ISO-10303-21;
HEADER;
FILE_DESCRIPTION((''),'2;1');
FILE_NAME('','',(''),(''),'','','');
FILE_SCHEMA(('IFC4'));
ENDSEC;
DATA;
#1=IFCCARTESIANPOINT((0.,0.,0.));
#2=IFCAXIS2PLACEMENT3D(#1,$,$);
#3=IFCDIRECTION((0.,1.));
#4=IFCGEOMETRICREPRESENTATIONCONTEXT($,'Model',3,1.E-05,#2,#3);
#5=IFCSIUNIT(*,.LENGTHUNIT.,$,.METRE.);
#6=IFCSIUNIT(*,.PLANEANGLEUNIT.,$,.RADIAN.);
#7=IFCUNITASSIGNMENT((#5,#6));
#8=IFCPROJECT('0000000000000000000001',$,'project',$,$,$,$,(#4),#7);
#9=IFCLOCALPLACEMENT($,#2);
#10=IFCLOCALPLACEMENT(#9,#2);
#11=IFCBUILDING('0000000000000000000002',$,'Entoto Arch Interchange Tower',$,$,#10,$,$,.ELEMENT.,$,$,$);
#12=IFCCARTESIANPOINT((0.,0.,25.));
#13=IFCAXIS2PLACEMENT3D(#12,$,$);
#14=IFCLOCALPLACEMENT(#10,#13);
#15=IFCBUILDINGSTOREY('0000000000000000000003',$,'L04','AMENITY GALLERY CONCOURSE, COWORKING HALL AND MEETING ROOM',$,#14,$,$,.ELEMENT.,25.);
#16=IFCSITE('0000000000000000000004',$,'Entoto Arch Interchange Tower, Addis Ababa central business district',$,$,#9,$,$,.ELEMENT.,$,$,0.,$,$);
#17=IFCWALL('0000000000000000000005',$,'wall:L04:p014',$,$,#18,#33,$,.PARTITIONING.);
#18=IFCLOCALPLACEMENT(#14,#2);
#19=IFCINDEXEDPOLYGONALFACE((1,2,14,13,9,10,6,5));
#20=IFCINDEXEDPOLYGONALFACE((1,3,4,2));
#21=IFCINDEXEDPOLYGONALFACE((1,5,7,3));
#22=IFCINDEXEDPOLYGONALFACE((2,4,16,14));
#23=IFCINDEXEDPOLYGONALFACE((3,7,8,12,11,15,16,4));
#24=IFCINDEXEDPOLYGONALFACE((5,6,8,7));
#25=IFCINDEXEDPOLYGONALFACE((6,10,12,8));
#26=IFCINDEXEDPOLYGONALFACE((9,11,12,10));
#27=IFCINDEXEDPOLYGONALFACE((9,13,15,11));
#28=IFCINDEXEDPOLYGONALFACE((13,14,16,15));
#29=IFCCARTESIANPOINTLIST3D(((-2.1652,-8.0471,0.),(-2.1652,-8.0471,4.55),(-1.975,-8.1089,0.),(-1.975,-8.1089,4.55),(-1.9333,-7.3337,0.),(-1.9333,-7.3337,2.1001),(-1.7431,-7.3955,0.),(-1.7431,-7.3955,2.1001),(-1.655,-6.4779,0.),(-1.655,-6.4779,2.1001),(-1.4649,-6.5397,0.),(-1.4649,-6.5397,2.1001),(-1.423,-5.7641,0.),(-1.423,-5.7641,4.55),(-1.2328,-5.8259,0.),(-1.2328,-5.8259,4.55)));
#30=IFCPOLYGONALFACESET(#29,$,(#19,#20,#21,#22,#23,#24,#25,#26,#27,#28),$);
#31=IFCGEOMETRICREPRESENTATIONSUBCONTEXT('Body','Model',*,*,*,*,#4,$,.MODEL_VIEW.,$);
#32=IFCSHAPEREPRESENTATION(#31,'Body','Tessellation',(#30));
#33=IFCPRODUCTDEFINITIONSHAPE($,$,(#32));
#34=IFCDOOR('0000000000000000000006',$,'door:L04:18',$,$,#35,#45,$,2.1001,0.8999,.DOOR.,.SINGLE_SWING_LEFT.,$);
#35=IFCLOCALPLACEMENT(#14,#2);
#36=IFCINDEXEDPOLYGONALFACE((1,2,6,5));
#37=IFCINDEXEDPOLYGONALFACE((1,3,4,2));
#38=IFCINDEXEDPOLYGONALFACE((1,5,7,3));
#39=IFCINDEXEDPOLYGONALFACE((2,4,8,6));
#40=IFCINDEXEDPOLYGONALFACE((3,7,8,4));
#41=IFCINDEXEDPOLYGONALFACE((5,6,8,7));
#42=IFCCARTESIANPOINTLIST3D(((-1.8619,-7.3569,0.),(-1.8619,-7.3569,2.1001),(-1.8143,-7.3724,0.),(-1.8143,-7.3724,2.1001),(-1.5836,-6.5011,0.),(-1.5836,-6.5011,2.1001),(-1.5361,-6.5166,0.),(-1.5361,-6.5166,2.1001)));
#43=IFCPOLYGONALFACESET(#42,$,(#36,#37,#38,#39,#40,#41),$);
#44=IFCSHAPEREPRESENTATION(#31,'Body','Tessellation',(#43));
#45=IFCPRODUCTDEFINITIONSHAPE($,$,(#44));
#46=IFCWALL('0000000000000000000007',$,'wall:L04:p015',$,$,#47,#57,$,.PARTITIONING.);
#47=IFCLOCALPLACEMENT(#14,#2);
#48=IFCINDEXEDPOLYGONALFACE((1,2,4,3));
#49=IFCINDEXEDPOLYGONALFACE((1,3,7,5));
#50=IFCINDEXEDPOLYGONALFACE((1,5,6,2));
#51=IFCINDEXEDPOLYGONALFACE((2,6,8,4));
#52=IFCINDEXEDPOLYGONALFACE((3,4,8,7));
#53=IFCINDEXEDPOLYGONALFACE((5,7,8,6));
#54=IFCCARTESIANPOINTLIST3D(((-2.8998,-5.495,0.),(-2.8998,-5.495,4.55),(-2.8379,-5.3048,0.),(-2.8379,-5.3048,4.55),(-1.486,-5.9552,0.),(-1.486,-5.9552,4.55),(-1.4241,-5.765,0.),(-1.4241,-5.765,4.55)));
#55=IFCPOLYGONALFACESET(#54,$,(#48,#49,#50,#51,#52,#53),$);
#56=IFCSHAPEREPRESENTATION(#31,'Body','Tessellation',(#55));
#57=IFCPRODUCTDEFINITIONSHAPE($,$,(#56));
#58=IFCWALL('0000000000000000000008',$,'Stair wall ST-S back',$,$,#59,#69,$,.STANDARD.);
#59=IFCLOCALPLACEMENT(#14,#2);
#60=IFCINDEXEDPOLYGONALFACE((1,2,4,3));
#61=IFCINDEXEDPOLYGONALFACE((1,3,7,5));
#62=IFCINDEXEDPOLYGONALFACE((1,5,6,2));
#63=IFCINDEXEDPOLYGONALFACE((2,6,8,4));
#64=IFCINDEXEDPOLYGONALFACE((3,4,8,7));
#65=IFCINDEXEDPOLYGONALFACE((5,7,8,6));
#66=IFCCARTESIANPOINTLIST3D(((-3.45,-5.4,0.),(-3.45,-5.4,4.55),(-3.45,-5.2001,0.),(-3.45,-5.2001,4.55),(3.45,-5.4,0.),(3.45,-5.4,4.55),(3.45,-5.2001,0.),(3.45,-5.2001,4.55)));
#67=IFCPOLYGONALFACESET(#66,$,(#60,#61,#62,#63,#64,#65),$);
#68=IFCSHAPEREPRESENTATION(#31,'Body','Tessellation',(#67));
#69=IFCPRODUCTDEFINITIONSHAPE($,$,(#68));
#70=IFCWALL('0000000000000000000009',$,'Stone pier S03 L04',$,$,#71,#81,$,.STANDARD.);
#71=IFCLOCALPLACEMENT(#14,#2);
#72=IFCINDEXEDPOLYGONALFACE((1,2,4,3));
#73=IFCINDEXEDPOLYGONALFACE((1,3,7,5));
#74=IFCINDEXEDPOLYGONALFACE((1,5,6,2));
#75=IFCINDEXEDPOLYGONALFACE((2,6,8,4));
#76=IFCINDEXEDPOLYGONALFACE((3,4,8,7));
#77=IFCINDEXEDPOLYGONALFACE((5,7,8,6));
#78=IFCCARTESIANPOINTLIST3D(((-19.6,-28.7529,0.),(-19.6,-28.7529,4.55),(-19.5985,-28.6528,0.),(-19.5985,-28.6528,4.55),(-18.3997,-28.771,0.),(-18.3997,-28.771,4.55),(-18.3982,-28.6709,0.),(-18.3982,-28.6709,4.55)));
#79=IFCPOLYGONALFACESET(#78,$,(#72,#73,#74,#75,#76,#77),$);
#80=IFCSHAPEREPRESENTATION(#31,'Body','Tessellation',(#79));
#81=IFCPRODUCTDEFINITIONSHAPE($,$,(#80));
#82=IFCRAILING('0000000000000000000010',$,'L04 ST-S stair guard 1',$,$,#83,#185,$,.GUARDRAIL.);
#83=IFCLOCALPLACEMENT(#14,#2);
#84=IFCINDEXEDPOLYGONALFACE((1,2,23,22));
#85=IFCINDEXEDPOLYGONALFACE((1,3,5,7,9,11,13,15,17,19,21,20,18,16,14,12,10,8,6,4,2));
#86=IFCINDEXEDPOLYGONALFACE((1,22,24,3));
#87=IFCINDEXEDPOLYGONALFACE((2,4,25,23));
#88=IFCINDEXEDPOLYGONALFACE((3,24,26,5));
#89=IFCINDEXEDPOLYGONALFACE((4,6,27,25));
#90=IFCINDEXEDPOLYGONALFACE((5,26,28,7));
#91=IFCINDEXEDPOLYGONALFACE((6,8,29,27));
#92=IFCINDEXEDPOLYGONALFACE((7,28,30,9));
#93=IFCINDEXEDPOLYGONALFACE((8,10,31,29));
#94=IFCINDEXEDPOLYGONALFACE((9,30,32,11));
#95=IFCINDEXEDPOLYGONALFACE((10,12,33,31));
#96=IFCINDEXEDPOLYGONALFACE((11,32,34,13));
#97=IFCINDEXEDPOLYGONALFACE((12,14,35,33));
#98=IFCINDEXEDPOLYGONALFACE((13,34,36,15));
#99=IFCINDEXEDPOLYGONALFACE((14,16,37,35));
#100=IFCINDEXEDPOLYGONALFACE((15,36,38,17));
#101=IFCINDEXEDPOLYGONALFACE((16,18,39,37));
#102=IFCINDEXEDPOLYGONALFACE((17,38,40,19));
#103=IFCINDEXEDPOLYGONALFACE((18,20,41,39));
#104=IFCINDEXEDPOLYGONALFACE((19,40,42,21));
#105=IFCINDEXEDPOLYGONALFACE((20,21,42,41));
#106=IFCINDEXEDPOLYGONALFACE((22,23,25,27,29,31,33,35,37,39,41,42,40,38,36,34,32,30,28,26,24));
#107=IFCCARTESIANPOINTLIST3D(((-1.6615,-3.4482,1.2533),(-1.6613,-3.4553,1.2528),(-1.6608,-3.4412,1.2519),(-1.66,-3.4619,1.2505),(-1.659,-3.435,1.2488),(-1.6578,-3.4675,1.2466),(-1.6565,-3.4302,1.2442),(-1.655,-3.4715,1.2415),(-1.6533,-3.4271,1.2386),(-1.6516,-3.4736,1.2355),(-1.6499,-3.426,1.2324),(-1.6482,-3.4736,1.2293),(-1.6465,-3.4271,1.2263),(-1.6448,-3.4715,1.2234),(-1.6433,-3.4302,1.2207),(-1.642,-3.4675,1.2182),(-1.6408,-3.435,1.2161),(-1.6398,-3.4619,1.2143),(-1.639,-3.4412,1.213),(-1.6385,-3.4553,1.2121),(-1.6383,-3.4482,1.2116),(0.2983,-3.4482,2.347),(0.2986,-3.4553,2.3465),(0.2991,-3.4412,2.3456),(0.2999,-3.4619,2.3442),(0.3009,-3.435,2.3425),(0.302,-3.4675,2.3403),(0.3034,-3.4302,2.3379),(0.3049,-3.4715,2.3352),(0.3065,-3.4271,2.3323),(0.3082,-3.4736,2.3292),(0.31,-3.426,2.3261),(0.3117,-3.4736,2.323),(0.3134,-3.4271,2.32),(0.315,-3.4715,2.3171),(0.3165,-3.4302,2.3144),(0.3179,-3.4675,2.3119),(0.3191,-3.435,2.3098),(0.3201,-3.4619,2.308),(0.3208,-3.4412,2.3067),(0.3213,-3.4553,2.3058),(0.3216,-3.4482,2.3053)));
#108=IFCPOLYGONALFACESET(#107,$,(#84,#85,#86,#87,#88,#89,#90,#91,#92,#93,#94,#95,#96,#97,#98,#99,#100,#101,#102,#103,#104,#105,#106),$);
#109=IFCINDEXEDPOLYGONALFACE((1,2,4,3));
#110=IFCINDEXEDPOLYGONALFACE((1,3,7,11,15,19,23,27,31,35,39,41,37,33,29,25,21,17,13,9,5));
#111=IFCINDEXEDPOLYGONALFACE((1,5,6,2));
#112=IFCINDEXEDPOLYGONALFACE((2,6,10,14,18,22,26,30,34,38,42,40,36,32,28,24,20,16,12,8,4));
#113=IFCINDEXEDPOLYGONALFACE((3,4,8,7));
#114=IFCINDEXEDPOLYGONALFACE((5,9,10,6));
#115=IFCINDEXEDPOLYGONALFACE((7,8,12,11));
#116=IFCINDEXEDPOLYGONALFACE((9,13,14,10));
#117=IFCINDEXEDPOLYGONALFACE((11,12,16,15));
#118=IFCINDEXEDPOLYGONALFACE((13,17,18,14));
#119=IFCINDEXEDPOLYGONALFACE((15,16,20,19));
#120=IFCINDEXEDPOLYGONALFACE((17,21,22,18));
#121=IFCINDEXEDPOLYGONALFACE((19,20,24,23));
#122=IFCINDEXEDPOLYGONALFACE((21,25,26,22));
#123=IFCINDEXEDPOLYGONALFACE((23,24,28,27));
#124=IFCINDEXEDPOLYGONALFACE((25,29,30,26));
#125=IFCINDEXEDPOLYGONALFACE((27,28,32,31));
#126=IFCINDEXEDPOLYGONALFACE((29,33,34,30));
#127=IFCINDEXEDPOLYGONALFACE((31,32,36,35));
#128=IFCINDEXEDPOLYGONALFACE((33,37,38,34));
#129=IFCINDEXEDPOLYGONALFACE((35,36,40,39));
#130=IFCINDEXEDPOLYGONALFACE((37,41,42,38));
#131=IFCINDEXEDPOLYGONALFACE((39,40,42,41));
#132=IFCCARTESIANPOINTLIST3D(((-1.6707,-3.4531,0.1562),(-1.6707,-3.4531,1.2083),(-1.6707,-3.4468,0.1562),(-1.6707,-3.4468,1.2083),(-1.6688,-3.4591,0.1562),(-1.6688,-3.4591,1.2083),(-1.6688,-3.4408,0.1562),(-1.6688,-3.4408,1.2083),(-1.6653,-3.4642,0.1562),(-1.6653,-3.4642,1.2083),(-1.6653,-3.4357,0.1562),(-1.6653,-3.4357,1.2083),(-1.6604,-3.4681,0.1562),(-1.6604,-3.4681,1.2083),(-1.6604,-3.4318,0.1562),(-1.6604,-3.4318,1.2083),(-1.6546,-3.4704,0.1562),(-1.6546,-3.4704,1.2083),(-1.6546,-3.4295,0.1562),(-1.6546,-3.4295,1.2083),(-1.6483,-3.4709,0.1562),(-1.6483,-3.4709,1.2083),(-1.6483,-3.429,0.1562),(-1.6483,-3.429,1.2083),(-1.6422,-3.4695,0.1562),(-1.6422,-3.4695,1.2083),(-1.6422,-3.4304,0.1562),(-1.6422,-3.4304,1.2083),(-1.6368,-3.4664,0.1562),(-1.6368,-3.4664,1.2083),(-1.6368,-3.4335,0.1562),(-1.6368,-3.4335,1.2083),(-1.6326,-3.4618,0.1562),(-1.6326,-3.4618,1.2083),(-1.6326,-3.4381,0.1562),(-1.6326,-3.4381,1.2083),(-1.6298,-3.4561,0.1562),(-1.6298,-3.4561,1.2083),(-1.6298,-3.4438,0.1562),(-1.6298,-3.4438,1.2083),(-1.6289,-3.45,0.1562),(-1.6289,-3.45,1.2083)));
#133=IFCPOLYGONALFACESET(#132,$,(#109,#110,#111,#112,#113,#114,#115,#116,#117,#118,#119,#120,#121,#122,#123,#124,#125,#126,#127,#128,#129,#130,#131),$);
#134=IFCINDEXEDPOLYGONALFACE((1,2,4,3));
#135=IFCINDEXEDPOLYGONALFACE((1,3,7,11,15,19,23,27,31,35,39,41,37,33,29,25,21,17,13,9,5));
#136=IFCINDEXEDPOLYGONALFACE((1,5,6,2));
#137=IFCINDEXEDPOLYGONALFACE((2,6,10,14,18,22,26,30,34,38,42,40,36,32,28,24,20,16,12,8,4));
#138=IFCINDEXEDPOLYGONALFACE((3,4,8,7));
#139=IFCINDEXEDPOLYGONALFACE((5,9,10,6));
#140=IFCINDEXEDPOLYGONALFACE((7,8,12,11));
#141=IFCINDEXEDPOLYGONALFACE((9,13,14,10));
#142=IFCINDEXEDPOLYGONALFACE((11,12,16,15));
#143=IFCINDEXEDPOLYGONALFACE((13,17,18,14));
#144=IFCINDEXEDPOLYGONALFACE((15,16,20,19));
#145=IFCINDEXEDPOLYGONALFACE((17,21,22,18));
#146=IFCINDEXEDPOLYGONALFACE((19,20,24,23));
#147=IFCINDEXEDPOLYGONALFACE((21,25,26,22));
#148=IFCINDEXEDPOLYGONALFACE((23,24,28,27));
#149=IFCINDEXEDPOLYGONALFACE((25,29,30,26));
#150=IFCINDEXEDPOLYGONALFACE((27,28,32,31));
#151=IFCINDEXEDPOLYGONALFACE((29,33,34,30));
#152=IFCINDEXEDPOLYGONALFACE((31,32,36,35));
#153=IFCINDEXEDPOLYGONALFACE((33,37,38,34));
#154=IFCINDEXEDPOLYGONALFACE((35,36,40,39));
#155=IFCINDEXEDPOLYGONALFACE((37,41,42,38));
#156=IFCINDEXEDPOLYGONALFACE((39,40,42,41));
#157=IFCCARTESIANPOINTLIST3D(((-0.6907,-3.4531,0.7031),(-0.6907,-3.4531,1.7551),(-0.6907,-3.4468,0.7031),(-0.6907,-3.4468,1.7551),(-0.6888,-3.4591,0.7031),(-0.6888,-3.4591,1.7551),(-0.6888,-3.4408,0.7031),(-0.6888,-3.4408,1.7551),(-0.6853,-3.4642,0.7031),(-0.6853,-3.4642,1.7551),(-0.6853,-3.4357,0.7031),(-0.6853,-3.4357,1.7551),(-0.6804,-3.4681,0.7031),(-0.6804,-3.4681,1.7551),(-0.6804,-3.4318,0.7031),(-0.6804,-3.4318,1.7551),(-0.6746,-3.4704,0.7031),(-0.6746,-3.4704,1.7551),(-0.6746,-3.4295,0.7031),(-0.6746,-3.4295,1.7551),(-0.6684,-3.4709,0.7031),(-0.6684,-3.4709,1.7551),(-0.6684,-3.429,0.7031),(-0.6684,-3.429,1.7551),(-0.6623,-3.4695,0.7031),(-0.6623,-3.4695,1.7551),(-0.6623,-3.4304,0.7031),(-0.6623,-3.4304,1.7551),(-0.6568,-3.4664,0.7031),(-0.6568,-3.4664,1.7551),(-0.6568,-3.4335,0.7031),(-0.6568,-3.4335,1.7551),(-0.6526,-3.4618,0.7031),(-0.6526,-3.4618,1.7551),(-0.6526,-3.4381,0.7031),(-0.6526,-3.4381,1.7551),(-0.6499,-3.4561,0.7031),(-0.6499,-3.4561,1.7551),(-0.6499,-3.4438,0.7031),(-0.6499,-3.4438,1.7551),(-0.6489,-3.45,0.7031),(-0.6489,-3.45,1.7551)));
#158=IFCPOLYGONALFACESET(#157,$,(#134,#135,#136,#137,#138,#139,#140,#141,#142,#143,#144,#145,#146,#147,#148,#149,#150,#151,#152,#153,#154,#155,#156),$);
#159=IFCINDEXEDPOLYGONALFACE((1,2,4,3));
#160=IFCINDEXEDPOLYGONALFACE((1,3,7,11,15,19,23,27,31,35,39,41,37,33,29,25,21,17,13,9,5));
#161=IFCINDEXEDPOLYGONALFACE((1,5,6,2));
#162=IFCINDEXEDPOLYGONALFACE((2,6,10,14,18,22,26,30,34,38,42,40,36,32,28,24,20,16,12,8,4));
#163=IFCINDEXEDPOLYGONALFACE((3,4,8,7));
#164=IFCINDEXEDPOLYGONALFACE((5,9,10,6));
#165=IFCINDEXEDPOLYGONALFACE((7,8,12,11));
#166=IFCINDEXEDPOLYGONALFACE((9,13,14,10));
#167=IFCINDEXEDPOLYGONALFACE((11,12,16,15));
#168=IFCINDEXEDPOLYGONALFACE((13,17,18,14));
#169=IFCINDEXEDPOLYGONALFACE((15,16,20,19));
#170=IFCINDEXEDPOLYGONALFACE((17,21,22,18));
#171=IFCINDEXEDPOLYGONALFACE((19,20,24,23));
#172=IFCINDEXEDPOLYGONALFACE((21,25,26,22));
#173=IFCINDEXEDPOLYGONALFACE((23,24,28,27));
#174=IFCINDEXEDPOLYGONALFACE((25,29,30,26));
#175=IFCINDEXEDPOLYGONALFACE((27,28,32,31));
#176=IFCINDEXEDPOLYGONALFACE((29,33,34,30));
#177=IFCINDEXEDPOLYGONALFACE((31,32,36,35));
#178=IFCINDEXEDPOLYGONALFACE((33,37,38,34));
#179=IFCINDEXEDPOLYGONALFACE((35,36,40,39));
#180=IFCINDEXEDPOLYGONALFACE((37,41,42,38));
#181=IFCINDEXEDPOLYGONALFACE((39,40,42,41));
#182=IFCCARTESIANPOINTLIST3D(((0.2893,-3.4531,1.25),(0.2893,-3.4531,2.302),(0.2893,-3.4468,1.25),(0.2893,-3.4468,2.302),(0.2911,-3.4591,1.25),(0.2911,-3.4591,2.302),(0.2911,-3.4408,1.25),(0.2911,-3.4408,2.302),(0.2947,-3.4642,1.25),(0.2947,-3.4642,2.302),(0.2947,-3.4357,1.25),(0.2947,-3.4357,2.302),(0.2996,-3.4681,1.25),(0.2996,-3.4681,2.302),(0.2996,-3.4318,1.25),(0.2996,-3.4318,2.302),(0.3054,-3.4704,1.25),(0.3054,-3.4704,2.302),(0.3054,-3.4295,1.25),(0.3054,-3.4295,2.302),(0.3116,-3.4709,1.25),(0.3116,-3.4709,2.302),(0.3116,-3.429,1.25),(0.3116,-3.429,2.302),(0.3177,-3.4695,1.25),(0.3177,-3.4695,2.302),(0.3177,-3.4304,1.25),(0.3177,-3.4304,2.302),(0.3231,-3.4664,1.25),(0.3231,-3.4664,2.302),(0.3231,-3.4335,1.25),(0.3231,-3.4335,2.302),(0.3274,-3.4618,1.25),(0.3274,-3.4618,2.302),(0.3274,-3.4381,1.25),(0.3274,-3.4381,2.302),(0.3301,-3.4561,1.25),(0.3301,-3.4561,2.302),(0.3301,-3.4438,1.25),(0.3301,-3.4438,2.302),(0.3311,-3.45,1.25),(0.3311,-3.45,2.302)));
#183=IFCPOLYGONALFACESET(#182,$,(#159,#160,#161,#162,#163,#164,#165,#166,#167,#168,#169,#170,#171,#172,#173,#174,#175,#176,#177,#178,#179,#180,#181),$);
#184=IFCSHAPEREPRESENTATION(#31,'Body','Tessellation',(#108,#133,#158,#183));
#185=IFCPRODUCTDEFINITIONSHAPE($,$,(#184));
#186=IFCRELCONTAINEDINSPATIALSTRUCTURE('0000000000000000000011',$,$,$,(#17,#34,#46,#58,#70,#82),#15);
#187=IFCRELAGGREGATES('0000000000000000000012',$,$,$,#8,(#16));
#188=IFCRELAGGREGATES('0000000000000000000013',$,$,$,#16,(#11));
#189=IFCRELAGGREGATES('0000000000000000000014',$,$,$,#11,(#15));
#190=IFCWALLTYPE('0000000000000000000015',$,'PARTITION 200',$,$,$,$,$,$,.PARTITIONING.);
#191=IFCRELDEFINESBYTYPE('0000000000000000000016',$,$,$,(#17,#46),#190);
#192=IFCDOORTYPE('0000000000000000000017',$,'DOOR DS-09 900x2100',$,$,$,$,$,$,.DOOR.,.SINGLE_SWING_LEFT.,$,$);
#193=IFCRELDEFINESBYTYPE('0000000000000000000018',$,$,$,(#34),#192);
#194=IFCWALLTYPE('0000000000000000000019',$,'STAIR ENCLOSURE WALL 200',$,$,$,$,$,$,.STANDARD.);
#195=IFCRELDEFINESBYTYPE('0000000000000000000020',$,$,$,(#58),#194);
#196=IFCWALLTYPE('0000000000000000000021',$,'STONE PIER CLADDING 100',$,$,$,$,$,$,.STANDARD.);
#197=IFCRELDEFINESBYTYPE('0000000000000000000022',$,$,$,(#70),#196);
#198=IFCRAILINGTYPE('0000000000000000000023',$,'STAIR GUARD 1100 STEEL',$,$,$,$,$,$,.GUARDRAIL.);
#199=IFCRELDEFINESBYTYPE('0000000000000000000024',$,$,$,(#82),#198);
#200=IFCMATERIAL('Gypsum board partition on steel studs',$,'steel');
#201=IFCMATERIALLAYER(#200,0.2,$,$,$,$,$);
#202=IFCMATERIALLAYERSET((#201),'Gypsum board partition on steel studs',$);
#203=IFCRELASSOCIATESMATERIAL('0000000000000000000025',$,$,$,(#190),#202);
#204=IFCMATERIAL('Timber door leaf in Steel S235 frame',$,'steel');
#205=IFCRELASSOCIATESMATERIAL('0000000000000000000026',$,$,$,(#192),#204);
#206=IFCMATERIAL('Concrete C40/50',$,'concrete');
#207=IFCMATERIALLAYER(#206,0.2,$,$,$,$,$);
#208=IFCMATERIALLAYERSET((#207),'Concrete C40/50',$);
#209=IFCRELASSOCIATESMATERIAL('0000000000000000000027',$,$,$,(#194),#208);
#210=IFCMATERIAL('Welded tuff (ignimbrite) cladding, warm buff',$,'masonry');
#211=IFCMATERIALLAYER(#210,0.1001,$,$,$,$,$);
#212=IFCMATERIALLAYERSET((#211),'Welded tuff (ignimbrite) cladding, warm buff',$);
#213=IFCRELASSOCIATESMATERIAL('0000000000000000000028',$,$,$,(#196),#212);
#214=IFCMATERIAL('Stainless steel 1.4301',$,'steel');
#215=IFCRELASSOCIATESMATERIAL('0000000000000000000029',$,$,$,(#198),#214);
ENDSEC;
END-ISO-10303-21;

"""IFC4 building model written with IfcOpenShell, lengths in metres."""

from ifc_helpers import new_model, si_unit, direction, frame, frame_2d, origin, origin_2d, place, context, subcontext, project, spatial, rectangle, circle, extrude, material, layer, layer_set, type_object, element, fill, save


model = new_model("IFC4")

# Units and contexts
model_context = context("Model", 3, precision=1e-05, world=origin(), true_north=direction((0.0, 1.0)))
body_context = subcontext(model_context, "Body", "Model", "MODEL_VIEW")
ifc_project = project(units=[si_unit("LENGTHUNIT", "METRE"), si_unit("PLANEANGLEUNIT", "RADIAN")], contexts=[model_context])

# Site, building, storey
site_placement = place(None, origin())
site = spatial("IfcSite", under=ifc_project, at=site_placement, Name="Entoto Arch Interchange Tower, Addis Ababa central business district", CompositionType="ELEMENT", RefElevation=0.0)
building_placement = place(site_placement, origin())
building = spatial("IfcBuilding", under=site, at=building_placement, Name="Entoto Arch Interchange Tower", CompositionType="ELEMENT")
storey_placement = place(building_placement, frame((0.0, 0.0, 25.0)))
storey = spatial("IfcBuildingStorey", under=building, at=storey_placement, Name="L04", Description="AMENITY GALLERY CONCOURSE, COWORKING HALL AND MEETING ROOM", CompositionType="ELEMENT", Elevation=25.0)

# Shared definitions
ifc_material_1 = material(Name="Concrete C40/50", Category="concrete")
ifc_material_2 = material(Name="Gypsum board partition on steel studs", Category="steel")
ifc_layer_1 = layer(ifc_material_2, 0.2)
ifc_layer_set_1 = layer_set([ifc_layer_1], Name="Gypsum board partition on steel studs")
wall_type_1 = type_object("IfcWallType", Name="PARTITION 200", PredefinedType="PARTITIONING", material=ifc_layer_set_1)

# Shared definitions
ifc_material_3 = material(Name="Timber door leaf in Steel S235 frame", Category="steel")
door_type = type_object("IfcDoorType", Name="DOOR DS-09 900x2100", OperationType="SINGLE_SWING_LEFT", PredefinedType="DOOR", material=ifc_material_3)

# Wall, opening, door
wall_1_placement = place(storey_placement, frame((-2.0701, -8.0779, 0.0), z_axis=(0.0, 0.0, 1.0), x_axis=(0.309171, 0.951006, 0.0)))
wall_1 = element("IfcWall", 1, at=wall_1_placement, inside=storey, type_object=wall_type_1, Name="wall:L04:p014", PredefinedType="PARTITIONING", context=body_context, shape_type="SweptSolid", body=[
    extrude(rectangle(XDim=2.4006, YDim=0.2, at=frame_2d((1.2002, 0.0))), origin(), (0.0, 0.0, 1.0), 4.55),
])
opening_1_placement = place(wall_1_placement, frame((0.75, 0.0, 0.0)))
opening_1 = element("IfcOpeningElement", 2, at=opening_1_placement, cuts=wall_1, PredefinedType="OPENING", context=body_context, shape_type="SweptSolid", body=[
    extrude(rectangle(XDim=0.8999, YDim=2.1001, at=frame_2d((0.45, 1.05))), frame((0.0, 0.1099, 0.0), z_axis=(0.0, -1.0, 0.0), x_axis=(1.0, 0.0, 0.0)), (0.0, 0.0, 1.0), 0.22),
])
door_1_placement = place(opening_1_placement, origin())
door_1 = element("IfcDoor", 3, at=door_1_placement, inside=storey, type_object=door_type, Name="door:L04:18", OperationType="SINGLE_SWING_LEFT", OverallHeight=2.1001, OverallWidth=0.8999, PredefinedType="DOOR", context=body_context, shape_type="SweptSolid", body=[
    extrude(rectangle(XDim=0.8999, YDim=2.1001, at=frame_2d((0.45, 1.05))), frame((0.0, 0.0249, 0.0), z_axis=(0.0, -1.0, 0.0), x_axis=(1.0, 0.0, 0.0)), (0.0, 0.0, 1.0), 0.05),
])
fill(opening_1, door_1)

# Walls
wall_2_placement = place(storey_placement, frame((-1.4551, -5.8601, 0.0), z_axis=(0.0, 0.0, 1.0), x_axis=(-0.950893, 0.30952, 0.0)))
element("IfcWall", 4, at=wall_2_placement, inside=storey, type_object=wall_type_1, Name="wall:L04:p015", PredefinedType="PARTITIONING", context=body_context, shape_type="SweptSolid", body=[
    extrude(rectangle(XDim=1.4868, YDim=0.2, at=frame_2d((0.7434, 0.0))), origin(), (0.0, 0.0, 1.0), 4.55),
])
ifc_layer_2 = layer(ifc_material_1, 0.2)
ifc_layer_set_2 = layer_set([ifc_layer_2], Name="Concrete C40/50")
wall_type_2 = type_object("IfcWallType", Name="STAIR ENCLOSURE WALL 200", PredefinedType="STANDARD", material=ifc_layer_set_2)
wall_3_placement = place(storey_placement, frame((-3.45, -5.3, 0.0), z_axis=(0.0, 0.0, 1.0), x_axis=(1.0, 0.0, 0.0)))
element("IfcWall", 5, at=wall_3_placement, inside=storey, type_object=wall_type_2, Name="Stair wall ST-S back", PredefinedType="STANDARD", context=body_context, shape_type="SweptSolid", body=[
    extrude(rectangle(XDim=6.8999, YDim=0.2, at=frame_2d((3.45, 0.0))), origin(), (0.0, 0.0, 1.0), 4.55),
])
ifc_material_4 = material(Name="Welded tuff (ignimbrite) cladding, warm buff", Category="masonry")
ifc_layer_3 = layer(ifc_material_4, 0.1001)
ifc_layer_set_3 = layer_set([ifc_layer_3], Name="Welded tuff (ignimbrite) cladding, warm buff")
wall_type_3 = type_object("IfcWallType", Name="STONE PIER CLADDING 100", PredefinedType="STANDARD", material=ifc_layer_set_3)
wall_4_placement = place(storey_placement, frame((-19.5991, -28.7029, 0.0), z_axis=(0.0, 0.0, 1.0), x_axis=(0.999887, -0.015051, 0.0)))
element("IfcWall", 6, at=wall_4_placement, inside=storey, type_object=wall_type_3, Name="Stone pier S03 L04", PredefinedType="STANDARD", context=body_context, shape_type="SweptSolid", body=[
    extrude(rectangle(XDim=1.2004, YDim=0.1001, at=frame_2d((0.6001, 0.0))), origin(), (0.0, 0.0, 1.0), 4.55),
])

# Railing
ifc_material_5 = material(Name="Stainless steel 1.4301", Category="steel")
railing_type_1 = type_object("IfcRailingType", Name="STAIR GUARD 1100 STEEL", PredefinedType="GUARDRAIL", material=ifc_material_5)
railing_1_placement = place(storey_placement, frame((-1.6499, -3.45, 0.1562)))
element("IfcRailing", 7, at=railing_1_placement, inside=storey, type_object=railing_type_1, Name="L04 ST-S stair guard 1", PredefinedType="GUARDRAIL", context=body_context, shape_type="SweptSolid", body=[
    extrude(circle(Radius=0.0239, at=origin_2d()), frame((0.0, 0.0, 1.0762), z_axis=(0.873232, 0.0, 0.487304), x_axis=(0.0, 1.0, 0.0)), (0.0, 0.0, 1.0), 2.2444),
    extrude(circle(Radius=0.021, at=origin_2d()), origin(), (0.0, 0.0, 1.0), 1.052),
    extrude(circle(Radius=0.021, at=origin_2d()), frame((0.98, 0.0, 0.5469)), (0.0, 0.0, 1.0), 1.052),
    extrude(circle(Radius=0.021, at=origin_2d()), frame((1.96, 0.0, 1.0938)), (0.0, 0.0, 1.0), 1.052),
])

save(model, "model.ifc")
